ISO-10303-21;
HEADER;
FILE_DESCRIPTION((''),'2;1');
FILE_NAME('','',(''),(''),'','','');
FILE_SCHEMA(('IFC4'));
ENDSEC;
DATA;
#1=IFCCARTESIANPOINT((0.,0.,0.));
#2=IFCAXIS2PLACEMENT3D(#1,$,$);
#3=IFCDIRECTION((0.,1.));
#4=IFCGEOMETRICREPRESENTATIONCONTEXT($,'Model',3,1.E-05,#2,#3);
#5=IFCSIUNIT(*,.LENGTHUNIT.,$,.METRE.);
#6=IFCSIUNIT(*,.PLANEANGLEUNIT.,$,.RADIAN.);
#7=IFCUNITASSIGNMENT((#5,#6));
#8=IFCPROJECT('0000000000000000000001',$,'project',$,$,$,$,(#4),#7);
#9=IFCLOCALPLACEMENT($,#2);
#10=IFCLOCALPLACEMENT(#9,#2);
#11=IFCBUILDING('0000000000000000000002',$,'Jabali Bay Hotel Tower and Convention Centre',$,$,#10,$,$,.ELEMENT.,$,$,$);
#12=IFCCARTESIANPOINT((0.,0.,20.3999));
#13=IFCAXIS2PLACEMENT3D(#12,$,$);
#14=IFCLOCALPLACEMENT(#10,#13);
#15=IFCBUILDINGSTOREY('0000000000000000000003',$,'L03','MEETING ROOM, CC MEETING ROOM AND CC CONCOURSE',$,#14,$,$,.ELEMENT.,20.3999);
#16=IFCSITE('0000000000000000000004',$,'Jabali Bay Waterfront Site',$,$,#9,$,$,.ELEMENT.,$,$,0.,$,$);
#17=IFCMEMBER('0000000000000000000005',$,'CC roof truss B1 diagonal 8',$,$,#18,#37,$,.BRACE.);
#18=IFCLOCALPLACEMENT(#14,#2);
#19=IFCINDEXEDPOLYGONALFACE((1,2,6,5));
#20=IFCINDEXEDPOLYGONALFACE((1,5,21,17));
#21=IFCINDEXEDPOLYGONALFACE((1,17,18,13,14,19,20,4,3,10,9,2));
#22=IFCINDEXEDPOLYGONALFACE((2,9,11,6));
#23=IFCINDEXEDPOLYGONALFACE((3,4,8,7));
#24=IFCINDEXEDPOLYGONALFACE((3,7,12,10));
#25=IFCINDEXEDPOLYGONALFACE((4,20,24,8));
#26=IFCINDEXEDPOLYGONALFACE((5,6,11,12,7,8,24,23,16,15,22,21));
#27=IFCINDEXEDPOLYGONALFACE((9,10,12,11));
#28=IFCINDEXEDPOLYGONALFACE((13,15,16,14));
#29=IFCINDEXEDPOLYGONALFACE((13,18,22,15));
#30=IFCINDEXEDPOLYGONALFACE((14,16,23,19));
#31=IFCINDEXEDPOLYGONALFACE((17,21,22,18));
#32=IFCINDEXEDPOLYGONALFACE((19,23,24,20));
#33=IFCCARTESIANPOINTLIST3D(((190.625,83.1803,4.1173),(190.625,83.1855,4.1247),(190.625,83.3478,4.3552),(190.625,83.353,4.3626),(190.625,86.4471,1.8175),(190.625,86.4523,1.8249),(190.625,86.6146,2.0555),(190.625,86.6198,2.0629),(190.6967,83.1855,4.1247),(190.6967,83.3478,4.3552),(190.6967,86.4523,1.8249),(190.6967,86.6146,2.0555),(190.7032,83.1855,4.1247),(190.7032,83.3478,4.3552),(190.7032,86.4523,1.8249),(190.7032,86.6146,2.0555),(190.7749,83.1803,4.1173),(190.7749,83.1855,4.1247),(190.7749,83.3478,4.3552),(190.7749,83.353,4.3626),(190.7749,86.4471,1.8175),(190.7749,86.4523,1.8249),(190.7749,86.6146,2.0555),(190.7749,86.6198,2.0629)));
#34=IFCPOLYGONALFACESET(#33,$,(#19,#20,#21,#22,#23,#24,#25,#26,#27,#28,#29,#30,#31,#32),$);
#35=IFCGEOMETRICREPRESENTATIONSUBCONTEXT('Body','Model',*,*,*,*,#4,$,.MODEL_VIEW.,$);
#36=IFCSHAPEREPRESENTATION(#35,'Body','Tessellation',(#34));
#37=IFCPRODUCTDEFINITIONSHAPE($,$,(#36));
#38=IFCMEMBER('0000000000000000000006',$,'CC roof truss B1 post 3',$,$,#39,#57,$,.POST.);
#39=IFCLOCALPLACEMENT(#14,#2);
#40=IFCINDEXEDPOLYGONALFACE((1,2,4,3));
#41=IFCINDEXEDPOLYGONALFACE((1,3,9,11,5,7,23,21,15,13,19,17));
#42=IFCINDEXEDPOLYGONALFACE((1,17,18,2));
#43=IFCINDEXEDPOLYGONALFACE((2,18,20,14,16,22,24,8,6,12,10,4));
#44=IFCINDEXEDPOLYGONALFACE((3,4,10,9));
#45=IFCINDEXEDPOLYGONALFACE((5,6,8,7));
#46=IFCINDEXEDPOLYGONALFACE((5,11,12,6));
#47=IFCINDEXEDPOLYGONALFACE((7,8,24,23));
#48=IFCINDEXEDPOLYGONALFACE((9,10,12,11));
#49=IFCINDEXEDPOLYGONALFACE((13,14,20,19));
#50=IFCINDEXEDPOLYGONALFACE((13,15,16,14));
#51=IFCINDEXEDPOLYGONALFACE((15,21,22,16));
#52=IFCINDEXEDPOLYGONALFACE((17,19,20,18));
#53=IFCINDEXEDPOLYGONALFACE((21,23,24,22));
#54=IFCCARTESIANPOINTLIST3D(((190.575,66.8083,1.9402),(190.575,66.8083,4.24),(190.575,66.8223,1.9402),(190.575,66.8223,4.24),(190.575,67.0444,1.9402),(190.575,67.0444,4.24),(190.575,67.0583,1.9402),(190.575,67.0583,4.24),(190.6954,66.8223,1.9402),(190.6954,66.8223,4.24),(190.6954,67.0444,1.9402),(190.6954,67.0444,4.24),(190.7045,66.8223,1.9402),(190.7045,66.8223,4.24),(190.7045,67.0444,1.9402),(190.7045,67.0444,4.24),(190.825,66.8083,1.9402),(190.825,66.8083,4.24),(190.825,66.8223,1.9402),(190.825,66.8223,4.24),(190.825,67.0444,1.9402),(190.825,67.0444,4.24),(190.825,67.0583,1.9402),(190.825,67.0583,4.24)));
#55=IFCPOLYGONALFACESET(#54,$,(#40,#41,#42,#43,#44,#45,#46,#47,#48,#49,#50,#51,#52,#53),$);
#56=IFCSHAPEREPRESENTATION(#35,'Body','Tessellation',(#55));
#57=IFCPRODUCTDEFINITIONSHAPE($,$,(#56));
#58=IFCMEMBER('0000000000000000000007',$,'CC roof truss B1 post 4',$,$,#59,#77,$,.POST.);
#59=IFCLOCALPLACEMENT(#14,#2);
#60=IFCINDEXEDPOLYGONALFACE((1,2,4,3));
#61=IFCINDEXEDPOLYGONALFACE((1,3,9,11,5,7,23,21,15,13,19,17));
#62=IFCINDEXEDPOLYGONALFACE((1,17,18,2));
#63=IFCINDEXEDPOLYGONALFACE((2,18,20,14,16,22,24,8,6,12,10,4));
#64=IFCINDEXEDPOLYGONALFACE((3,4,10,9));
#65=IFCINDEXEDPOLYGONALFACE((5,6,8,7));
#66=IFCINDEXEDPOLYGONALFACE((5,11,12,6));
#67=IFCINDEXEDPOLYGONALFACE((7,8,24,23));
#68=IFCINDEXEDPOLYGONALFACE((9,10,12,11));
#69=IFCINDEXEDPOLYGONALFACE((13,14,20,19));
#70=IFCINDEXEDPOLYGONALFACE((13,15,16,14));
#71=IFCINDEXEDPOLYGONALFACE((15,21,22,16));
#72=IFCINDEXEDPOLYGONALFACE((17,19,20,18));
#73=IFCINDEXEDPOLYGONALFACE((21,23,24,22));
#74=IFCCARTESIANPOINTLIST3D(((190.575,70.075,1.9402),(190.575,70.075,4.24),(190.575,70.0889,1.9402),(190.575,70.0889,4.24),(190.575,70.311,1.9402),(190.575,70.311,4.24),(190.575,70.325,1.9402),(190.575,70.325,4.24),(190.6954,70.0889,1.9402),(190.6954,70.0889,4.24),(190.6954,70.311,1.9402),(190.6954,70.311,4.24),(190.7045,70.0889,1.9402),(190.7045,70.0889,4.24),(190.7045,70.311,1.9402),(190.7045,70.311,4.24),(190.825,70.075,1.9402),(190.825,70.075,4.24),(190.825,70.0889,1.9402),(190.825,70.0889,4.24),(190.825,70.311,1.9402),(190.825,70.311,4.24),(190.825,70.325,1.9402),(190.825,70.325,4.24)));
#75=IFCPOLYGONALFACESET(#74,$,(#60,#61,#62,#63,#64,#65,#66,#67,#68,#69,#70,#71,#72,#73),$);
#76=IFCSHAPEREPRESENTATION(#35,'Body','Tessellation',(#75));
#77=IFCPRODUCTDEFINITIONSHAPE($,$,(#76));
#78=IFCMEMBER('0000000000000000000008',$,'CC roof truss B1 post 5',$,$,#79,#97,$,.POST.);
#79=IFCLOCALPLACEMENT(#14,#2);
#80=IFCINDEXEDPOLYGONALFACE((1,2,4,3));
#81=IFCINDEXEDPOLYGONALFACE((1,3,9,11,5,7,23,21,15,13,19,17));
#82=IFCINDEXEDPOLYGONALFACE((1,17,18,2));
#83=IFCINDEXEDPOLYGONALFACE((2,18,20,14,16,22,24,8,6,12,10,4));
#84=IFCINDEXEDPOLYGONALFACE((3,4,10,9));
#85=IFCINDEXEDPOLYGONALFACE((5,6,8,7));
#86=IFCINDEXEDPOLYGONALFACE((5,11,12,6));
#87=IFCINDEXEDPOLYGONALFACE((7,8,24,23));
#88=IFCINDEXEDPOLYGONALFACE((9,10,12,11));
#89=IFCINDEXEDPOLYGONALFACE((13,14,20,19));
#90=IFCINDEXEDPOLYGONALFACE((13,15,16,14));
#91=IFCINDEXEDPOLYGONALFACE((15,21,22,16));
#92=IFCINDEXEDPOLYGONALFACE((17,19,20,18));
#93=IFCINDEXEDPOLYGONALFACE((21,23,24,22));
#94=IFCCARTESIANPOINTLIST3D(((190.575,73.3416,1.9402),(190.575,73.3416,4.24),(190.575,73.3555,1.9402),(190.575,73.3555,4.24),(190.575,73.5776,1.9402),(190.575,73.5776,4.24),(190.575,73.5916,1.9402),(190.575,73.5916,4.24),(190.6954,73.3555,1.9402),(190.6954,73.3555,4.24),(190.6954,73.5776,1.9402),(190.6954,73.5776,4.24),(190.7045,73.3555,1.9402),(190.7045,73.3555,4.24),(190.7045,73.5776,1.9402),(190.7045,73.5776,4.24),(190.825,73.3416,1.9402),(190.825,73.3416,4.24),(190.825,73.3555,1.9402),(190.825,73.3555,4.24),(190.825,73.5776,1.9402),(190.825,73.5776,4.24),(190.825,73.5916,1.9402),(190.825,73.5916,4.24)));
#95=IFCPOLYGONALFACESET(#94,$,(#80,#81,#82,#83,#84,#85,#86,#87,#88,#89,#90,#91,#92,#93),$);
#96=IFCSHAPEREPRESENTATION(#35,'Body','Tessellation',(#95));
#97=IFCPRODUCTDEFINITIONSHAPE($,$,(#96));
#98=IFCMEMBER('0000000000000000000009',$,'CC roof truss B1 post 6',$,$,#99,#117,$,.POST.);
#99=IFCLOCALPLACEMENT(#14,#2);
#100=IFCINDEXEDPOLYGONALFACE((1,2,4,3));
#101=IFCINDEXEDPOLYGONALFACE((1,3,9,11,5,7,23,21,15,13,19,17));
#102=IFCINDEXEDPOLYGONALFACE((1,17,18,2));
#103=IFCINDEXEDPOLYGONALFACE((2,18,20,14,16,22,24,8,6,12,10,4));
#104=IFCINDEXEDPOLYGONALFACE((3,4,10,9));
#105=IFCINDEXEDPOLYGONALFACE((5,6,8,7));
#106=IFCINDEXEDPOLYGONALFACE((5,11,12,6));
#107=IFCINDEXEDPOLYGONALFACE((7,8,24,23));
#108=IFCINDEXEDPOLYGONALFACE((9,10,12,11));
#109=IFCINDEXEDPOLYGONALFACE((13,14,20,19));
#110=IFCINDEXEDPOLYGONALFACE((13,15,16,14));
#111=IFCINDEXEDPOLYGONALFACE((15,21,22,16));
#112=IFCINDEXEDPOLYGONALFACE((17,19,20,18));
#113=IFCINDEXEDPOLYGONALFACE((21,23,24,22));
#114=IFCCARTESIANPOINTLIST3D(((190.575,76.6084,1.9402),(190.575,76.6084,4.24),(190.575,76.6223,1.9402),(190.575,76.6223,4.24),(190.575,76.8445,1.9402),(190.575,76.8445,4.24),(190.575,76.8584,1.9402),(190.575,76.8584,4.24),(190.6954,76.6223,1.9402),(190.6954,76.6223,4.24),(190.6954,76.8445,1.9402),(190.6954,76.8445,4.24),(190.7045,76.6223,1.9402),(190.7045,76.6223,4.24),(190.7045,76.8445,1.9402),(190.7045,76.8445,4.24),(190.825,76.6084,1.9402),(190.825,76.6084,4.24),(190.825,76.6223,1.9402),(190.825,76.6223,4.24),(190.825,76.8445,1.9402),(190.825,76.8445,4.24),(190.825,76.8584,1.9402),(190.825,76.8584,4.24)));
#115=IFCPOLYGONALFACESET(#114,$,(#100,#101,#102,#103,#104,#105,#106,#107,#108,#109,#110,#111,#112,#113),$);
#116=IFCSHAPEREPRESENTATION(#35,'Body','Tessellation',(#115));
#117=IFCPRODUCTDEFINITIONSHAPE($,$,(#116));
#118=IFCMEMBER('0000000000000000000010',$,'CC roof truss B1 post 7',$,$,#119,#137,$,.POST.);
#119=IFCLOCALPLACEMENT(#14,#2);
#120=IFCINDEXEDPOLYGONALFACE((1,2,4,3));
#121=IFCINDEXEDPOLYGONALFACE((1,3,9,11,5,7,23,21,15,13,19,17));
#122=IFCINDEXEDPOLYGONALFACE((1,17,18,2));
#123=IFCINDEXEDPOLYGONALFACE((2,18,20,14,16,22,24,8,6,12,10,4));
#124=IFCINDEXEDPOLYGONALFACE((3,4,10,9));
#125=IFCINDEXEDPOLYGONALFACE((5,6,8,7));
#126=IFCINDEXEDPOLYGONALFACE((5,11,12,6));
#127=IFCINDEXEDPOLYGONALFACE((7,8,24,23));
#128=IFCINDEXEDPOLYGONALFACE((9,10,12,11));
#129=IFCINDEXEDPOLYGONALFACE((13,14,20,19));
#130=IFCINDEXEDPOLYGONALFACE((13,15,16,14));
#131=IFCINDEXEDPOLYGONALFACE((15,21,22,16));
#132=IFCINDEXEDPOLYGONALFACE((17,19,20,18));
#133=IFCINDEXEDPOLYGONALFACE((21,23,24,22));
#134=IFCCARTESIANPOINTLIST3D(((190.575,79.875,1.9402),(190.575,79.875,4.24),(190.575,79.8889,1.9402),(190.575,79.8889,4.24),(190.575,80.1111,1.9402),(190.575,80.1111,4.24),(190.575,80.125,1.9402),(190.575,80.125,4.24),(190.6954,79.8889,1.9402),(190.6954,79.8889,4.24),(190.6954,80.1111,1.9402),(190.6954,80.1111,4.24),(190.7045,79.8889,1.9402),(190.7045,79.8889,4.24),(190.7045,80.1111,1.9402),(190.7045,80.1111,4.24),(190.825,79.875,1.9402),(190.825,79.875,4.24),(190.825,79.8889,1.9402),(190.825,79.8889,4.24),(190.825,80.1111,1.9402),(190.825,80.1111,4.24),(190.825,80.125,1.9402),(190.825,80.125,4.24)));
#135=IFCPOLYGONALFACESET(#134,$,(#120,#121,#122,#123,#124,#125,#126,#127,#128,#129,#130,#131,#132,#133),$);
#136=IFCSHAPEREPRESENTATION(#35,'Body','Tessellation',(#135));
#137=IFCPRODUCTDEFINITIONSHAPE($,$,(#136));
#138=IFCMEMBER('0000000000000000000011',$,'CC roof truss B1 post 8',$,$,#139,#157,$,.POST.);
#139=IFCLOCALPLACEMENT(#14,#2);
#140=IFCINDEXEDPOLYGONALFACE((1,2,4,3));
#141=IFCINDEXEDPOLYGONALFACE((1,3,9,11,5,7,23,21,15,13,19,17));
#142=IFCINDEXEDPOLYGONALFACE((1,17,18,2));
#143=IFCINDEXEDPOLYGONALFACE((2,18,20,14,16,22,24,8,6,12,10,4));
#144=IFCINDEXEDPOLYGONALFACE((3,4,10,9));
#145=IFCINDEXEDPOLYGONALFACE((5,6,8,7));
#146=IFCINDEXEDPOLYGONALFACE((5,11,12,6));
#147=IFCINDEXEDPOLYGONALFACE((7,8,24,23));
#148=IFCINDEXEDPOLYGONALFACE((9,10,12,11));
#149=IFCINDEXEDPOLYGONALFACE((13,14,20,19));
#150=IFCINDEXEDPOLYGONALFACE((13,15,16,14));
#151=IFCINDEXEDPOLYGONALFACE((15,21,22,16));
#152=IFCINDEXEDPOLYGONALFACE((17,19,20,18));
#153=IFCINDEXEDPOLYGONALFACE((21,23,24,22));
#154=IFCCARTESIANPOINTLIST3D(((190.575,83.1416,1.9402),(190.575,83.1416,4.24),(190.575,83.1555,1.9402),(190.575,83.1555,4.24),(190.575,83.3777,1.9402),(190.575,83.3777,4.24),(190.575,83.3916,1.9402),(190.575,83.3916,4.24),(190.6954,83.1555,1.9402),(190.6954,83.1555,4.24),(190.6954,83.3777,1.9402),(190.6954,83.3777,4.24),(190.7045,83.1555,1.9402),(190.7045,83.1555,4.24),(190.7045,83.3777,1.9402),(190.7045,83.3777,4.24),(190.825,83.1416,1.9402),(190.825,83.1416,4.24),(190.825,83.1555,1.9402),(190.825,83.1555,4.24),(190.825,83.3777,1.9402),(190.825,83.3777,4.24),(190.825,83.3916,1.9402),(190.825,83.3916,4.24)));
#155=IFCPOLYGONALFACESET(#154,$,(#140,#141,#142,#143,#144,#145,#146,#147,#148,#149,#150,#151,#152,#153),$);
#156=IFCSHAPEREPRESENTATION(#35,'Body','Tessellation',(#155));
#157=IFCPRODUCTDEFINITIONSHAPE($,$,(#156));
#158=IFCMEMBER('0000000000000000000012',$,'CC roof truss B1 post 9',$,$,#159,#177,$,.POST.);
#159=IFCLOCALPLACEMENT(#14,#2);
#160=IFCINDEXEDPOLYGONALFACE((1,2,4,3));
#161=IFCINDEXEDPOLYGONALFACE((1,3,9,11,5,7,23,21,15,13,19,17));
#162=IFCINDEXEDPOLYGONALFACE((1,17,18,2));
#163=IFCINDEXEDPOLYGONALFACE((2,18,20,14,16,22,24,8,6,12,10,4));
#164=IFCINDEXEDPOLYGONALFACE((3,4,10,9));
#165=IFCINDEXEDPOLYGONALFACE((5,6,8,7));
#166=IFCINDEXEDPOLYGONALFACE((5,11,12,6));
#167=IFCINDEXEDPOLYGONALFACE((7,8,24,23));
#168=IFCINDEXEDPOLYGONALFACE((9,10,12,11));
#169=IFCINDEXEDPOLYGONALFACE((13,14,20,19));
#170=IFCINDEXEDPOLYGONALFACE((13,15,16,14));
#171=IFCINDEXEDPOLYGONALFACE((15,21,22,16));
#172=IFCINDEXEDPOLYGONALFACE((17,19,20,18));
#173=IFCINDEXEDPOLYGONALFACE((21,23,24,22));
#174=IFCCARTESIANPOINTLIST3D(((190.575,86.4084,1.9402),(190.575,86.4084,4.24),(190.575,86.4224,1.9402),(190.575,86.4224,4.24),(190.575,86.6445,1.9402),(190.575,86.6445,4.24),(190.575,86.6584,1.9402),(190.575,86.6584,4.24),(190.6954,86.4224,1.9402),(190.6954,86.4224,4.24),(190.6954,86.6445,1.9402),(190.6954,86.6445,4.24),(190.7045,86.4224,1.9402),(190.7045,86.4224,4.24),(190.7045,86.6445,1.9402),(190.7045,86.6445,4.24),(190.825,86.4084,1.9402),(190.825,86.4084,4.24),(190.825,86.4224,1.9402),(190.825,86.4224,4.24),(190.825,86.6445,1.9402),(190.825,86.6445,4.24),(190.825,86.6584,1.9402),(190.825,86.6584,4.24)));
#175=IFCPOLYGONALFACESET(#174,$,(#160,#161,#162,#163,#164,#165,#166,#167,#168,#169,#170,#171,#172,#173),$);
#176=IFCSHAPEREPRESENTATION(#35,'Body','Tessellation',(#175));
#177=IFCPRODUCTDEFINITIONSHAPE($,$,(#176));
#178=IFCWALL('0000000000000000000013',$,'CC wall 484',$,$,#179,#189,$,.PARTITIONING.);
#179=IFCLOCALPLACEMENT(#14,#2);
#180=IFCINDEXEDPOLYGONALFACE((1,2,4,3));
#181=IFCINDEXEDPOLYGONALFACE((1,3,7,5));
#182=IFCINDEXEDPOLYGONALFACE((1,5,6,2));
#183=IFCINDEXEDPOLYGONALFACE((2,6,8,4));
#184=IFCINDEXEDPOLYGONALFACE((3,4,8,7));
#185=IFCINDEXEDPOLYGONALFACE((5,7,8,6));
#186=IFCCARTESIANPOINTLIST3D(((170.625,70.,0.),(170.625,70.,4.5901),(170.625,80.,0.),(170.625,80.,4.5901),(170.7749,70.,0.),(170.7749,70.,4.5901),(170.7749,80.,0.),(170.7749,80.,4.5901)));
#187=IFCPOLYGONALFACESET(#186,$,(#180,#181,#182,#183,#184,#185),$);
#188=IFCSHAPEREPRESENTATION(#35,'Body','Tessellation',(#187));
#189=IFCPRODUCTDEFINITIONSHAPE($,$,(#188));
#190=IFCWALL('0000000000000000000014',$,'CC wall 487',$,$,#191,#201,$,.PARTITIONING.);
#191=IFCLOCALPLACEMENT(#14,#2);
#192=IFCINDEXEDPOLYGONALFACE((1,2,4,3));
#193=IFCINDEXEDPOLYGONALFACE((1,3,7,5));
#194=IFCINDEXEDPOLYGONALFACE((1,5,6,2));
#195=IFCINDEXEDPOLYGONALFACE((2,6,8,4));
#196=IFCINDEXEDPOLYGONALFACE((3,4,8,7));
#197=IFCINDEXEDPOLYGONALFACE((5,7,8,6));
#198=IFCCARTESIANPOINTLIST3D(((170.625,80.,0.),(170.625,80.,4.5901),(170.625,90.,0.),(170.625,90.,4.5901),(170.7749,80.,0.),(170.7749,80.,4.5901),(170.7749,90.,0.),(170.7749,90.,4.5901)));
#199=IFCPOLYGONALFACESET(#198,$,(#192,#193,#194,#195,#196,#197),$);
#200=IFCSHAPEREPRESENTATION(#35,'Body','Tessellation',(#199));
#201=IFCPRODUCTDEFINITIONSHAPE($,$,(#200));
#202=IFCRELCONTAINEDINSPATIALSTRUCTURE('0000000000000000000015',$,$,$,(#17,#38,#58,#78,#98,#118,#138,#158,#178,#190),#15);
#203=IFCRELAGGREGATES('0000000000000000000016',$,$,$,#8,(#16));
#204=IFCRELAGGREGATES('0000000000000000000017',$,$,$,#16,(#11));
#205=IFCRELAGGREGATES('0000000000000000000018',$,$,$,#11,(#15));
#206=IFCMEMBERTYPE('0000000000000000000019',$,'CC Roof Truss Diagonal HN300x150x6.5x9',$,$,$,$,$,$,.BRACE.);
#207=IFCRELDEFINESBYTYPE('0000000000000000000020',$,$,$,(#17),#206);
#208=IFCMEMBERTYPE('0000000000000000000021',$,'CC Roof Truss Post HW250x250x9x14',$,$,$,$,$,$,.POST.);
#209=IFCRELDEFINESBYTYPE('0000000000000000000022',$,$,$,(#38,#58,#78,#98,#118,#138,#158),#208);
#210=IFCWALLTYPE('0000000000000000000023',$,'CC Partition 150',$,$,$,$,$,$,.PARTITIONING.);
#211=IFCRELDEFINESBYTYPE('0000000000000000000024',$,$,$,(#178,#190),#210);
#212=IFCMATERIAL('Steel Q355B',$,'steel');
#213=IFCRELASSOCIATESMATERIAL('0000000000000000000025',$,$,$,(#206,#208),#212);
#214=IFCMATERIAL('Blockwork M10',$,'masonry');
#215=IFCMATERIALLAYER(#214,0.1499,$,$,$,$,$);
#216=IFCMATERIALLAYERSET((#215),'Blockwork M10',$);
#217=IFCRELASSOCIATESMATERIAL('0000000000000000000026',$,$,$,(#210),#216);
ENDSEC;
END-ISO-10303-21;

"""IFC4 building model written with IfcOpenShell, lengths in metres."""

from ifc_helpers import new_model, si_unit, direction, frame, frame_2d, origin, origin_2d, place, context, subcontext, project, spatial, rectangle, i_section, extrude, material, layer, layer_set, material_profile, profile_set, type_object, element, save


model = new_model("IFC4")

# Units and contexts
model_context = context("Model", 3, precision=1e-05, world=origin(), true_north=direction((0.0, 1.0)))
body_context = subcontext(model_context, "Body", "Model", "MODEL_VIEW")
ifc_project = project(units=[si_unit("LENGTHUNIT", "METRE"), si_unit("PLANEANGLEUNIT", "RADIAN")], contexts=[model_context])

# Site, building, storey
site_placement = place(None, origin())
site = spatial("IfcSite", under=ifc_project, at=site_placement, Name="Jabali Bay Waterfront Site", CompositionType="ELEMENT", RefElevation=0.0)
building_placement = place(site_placement, origin())
building = spatial("IfcBuilding", under=site, at=building_placement, Name="Jabali Bay Hotel Tower and Convention Centre", CompositionType="ELEMENT")
storey_placement = place(building_placement, frame((0.0, 0.0, 20.3999)))
storey = spatial("IfcBuildingStorey", under=building, at=storey_placement, Name="L03", Description="MEETING ROOM, CC MEETING ROOM AND CC CONCOURSE", CompositionType="ELEMENT", Elevation=20.3999)

# Members
ifc_material_1 = material(Name="Steel Q355B", Category="steel")
ifc_material_profile_1 = material_profile(ifc_material_1, i_section(OverallWidth=0.1499, OverallDepth=0.3, WebThickness=0.0066, FlangeThickness=0.009, at=origin_2d()), Name="HN300x150x6.5x9")
ifc_profile_set_1 = profile_set([ifc_material_profile_1], Name="Steel Q355B")
member_type_1 = type_object("IfcMemberType", Name="CC Roof Truss Diagonal HN300x150x6.5x9", PredefinedType="BRACE", material=ifc_profile_set_1)
member_1_placement = place(storey_placement, frame((190.7, 86.5334, 1.9402), z_axis=(0.0, -0.817699, 0.575646), x_axis=(1.0, 0.0, 0.0)))
element("IfcMember", 1, at=member_1_placement, inside=storey, type_object=member_type_1, Name="CC roof truss B1 diagonal 8", PredefinedType="BRACE", context=body_context, shape_type="SweptSolid", body=[
    extrude(i_section(OverallWidth=0.1499, OverallDepth=0.3, WebThickness=0.0066, FlangeThickness=0.009, at=origin_2d()), origin(), (0.0, 0.0, 1.0), 3.9951),
])
ifc_material_profile_2 = material_profile(ifc_material_1, i_section(OverallWidth=0.25, OverallDepth=0.25, WebThickness=0.009, FlangeThickness=0.0139, at=origin_2d()), Name="HW250x250x9x14")
ifc_profile_set_2 = profile_set([ifc_material_profile_2], Name="Steel Q355B")
member_type_2 = type_object("IfcMemberType", Name="CC Roof Truss Post HW250x250x9x14", PredefinedType="POST", material=ifc_profile_set_2)
for number, where, z_axis, x_axis, name in (
    (2, (190.7, 66.9333, 1.9402), (0.0, 0.0, 1.0), (1.0, 0.0, 0.0), "CC roof truss B1 post 3"),
    (3, (190.7, 70.2, 1.9402), (0.0, 0.0, 1.0), (1.0, 0.0, 0.0), "CC roof truss B1 post 4"),
    (4, (190.7, 73.4666, 1.9402), (0.0, 0.0, 1.0), (1.0, 0.0, 0.0), "CC roof truss B1 post 5"),
    (5, (190.7, 76.7334, 1.9402), (0.0, 0.0, 1.0), (1.0, 0.0, 0.0), "CC roof truss B1 post 6"),
    (6, (190.7, 80.0, 1.9402), (0.0, 0.0, 1.0), (1.0, 0.0, 0.0), "CC roof truss B1 post 7"),
    (7, (190.7, 83.2666, 1.9402), (0.0, 0.0, 1.0), (1.0, 0.0, 0.0), "CC roof truss B1 post 8"),
    (8, (190.7, 86.5334, 1.9402), (0.0, 0.0, 1.0), (1.0, 0.0, 0.0), "CC roof truss B1 post 9"),
):
    element("IfcMember", number, at=place(storey_placement, frame(where, z_axis=z_axis, x_axis=x_axis)), inside=storey, type_object=member_type_2, Name=name, PredefinedType="POST", context=body_context, shape_type="SweptSolid", body=[
        extrude(i_section(OverallWidth=0.25, OverallDepth=0.25, WebThickness=0.009, FlangeThickness=0.0139, at=origin_2d()), origin(), (0.0, 0.0, 1.0), 2.2998),
    ])

# Walls
ifc_material_2 = material(Name="Blockwork M10", Category="masonry")
ifc_layer = layer(ifc_material_2, 0.1499)
ifc_layer_set = layer_set([ifc_layer], Name="Blockwork M10")
wall_type = type_object("IfcWallType", Name="CC Partition 150", PredefinedType="PARTITIONING", material=ifc_layer_set)
for number, where, z_axis, x_axis, name in (
    (9, (170.7, 70.0, 0.0), (0.0, 0.0, 1.0), (0.0, 1.0, 0.0), "CC wall 484"),
    (10, (170.7, 80.0, 0.0), (0.0, 0.0, 1.0), (0.0, 1.0, 0.0), "CC wall 487"),
):
    element("IfcWall", number, at=place(storey_placement, frame(where, z_axis=z_axis, x_axis=x_axis)), inside=storey, type_object=wall_type, Name=name, PredefinedType="PARTITIONING", context=body_context, shape_type="SweptSolid", body=[
        extrude(rectangle(XDim=10.0, YDim=0.1499, at=frame_2d((5.0, 0.0))), origin(), (0.0, 0.0, 1.0), 4.5901),
    ])

save(model, "model.ifc")
